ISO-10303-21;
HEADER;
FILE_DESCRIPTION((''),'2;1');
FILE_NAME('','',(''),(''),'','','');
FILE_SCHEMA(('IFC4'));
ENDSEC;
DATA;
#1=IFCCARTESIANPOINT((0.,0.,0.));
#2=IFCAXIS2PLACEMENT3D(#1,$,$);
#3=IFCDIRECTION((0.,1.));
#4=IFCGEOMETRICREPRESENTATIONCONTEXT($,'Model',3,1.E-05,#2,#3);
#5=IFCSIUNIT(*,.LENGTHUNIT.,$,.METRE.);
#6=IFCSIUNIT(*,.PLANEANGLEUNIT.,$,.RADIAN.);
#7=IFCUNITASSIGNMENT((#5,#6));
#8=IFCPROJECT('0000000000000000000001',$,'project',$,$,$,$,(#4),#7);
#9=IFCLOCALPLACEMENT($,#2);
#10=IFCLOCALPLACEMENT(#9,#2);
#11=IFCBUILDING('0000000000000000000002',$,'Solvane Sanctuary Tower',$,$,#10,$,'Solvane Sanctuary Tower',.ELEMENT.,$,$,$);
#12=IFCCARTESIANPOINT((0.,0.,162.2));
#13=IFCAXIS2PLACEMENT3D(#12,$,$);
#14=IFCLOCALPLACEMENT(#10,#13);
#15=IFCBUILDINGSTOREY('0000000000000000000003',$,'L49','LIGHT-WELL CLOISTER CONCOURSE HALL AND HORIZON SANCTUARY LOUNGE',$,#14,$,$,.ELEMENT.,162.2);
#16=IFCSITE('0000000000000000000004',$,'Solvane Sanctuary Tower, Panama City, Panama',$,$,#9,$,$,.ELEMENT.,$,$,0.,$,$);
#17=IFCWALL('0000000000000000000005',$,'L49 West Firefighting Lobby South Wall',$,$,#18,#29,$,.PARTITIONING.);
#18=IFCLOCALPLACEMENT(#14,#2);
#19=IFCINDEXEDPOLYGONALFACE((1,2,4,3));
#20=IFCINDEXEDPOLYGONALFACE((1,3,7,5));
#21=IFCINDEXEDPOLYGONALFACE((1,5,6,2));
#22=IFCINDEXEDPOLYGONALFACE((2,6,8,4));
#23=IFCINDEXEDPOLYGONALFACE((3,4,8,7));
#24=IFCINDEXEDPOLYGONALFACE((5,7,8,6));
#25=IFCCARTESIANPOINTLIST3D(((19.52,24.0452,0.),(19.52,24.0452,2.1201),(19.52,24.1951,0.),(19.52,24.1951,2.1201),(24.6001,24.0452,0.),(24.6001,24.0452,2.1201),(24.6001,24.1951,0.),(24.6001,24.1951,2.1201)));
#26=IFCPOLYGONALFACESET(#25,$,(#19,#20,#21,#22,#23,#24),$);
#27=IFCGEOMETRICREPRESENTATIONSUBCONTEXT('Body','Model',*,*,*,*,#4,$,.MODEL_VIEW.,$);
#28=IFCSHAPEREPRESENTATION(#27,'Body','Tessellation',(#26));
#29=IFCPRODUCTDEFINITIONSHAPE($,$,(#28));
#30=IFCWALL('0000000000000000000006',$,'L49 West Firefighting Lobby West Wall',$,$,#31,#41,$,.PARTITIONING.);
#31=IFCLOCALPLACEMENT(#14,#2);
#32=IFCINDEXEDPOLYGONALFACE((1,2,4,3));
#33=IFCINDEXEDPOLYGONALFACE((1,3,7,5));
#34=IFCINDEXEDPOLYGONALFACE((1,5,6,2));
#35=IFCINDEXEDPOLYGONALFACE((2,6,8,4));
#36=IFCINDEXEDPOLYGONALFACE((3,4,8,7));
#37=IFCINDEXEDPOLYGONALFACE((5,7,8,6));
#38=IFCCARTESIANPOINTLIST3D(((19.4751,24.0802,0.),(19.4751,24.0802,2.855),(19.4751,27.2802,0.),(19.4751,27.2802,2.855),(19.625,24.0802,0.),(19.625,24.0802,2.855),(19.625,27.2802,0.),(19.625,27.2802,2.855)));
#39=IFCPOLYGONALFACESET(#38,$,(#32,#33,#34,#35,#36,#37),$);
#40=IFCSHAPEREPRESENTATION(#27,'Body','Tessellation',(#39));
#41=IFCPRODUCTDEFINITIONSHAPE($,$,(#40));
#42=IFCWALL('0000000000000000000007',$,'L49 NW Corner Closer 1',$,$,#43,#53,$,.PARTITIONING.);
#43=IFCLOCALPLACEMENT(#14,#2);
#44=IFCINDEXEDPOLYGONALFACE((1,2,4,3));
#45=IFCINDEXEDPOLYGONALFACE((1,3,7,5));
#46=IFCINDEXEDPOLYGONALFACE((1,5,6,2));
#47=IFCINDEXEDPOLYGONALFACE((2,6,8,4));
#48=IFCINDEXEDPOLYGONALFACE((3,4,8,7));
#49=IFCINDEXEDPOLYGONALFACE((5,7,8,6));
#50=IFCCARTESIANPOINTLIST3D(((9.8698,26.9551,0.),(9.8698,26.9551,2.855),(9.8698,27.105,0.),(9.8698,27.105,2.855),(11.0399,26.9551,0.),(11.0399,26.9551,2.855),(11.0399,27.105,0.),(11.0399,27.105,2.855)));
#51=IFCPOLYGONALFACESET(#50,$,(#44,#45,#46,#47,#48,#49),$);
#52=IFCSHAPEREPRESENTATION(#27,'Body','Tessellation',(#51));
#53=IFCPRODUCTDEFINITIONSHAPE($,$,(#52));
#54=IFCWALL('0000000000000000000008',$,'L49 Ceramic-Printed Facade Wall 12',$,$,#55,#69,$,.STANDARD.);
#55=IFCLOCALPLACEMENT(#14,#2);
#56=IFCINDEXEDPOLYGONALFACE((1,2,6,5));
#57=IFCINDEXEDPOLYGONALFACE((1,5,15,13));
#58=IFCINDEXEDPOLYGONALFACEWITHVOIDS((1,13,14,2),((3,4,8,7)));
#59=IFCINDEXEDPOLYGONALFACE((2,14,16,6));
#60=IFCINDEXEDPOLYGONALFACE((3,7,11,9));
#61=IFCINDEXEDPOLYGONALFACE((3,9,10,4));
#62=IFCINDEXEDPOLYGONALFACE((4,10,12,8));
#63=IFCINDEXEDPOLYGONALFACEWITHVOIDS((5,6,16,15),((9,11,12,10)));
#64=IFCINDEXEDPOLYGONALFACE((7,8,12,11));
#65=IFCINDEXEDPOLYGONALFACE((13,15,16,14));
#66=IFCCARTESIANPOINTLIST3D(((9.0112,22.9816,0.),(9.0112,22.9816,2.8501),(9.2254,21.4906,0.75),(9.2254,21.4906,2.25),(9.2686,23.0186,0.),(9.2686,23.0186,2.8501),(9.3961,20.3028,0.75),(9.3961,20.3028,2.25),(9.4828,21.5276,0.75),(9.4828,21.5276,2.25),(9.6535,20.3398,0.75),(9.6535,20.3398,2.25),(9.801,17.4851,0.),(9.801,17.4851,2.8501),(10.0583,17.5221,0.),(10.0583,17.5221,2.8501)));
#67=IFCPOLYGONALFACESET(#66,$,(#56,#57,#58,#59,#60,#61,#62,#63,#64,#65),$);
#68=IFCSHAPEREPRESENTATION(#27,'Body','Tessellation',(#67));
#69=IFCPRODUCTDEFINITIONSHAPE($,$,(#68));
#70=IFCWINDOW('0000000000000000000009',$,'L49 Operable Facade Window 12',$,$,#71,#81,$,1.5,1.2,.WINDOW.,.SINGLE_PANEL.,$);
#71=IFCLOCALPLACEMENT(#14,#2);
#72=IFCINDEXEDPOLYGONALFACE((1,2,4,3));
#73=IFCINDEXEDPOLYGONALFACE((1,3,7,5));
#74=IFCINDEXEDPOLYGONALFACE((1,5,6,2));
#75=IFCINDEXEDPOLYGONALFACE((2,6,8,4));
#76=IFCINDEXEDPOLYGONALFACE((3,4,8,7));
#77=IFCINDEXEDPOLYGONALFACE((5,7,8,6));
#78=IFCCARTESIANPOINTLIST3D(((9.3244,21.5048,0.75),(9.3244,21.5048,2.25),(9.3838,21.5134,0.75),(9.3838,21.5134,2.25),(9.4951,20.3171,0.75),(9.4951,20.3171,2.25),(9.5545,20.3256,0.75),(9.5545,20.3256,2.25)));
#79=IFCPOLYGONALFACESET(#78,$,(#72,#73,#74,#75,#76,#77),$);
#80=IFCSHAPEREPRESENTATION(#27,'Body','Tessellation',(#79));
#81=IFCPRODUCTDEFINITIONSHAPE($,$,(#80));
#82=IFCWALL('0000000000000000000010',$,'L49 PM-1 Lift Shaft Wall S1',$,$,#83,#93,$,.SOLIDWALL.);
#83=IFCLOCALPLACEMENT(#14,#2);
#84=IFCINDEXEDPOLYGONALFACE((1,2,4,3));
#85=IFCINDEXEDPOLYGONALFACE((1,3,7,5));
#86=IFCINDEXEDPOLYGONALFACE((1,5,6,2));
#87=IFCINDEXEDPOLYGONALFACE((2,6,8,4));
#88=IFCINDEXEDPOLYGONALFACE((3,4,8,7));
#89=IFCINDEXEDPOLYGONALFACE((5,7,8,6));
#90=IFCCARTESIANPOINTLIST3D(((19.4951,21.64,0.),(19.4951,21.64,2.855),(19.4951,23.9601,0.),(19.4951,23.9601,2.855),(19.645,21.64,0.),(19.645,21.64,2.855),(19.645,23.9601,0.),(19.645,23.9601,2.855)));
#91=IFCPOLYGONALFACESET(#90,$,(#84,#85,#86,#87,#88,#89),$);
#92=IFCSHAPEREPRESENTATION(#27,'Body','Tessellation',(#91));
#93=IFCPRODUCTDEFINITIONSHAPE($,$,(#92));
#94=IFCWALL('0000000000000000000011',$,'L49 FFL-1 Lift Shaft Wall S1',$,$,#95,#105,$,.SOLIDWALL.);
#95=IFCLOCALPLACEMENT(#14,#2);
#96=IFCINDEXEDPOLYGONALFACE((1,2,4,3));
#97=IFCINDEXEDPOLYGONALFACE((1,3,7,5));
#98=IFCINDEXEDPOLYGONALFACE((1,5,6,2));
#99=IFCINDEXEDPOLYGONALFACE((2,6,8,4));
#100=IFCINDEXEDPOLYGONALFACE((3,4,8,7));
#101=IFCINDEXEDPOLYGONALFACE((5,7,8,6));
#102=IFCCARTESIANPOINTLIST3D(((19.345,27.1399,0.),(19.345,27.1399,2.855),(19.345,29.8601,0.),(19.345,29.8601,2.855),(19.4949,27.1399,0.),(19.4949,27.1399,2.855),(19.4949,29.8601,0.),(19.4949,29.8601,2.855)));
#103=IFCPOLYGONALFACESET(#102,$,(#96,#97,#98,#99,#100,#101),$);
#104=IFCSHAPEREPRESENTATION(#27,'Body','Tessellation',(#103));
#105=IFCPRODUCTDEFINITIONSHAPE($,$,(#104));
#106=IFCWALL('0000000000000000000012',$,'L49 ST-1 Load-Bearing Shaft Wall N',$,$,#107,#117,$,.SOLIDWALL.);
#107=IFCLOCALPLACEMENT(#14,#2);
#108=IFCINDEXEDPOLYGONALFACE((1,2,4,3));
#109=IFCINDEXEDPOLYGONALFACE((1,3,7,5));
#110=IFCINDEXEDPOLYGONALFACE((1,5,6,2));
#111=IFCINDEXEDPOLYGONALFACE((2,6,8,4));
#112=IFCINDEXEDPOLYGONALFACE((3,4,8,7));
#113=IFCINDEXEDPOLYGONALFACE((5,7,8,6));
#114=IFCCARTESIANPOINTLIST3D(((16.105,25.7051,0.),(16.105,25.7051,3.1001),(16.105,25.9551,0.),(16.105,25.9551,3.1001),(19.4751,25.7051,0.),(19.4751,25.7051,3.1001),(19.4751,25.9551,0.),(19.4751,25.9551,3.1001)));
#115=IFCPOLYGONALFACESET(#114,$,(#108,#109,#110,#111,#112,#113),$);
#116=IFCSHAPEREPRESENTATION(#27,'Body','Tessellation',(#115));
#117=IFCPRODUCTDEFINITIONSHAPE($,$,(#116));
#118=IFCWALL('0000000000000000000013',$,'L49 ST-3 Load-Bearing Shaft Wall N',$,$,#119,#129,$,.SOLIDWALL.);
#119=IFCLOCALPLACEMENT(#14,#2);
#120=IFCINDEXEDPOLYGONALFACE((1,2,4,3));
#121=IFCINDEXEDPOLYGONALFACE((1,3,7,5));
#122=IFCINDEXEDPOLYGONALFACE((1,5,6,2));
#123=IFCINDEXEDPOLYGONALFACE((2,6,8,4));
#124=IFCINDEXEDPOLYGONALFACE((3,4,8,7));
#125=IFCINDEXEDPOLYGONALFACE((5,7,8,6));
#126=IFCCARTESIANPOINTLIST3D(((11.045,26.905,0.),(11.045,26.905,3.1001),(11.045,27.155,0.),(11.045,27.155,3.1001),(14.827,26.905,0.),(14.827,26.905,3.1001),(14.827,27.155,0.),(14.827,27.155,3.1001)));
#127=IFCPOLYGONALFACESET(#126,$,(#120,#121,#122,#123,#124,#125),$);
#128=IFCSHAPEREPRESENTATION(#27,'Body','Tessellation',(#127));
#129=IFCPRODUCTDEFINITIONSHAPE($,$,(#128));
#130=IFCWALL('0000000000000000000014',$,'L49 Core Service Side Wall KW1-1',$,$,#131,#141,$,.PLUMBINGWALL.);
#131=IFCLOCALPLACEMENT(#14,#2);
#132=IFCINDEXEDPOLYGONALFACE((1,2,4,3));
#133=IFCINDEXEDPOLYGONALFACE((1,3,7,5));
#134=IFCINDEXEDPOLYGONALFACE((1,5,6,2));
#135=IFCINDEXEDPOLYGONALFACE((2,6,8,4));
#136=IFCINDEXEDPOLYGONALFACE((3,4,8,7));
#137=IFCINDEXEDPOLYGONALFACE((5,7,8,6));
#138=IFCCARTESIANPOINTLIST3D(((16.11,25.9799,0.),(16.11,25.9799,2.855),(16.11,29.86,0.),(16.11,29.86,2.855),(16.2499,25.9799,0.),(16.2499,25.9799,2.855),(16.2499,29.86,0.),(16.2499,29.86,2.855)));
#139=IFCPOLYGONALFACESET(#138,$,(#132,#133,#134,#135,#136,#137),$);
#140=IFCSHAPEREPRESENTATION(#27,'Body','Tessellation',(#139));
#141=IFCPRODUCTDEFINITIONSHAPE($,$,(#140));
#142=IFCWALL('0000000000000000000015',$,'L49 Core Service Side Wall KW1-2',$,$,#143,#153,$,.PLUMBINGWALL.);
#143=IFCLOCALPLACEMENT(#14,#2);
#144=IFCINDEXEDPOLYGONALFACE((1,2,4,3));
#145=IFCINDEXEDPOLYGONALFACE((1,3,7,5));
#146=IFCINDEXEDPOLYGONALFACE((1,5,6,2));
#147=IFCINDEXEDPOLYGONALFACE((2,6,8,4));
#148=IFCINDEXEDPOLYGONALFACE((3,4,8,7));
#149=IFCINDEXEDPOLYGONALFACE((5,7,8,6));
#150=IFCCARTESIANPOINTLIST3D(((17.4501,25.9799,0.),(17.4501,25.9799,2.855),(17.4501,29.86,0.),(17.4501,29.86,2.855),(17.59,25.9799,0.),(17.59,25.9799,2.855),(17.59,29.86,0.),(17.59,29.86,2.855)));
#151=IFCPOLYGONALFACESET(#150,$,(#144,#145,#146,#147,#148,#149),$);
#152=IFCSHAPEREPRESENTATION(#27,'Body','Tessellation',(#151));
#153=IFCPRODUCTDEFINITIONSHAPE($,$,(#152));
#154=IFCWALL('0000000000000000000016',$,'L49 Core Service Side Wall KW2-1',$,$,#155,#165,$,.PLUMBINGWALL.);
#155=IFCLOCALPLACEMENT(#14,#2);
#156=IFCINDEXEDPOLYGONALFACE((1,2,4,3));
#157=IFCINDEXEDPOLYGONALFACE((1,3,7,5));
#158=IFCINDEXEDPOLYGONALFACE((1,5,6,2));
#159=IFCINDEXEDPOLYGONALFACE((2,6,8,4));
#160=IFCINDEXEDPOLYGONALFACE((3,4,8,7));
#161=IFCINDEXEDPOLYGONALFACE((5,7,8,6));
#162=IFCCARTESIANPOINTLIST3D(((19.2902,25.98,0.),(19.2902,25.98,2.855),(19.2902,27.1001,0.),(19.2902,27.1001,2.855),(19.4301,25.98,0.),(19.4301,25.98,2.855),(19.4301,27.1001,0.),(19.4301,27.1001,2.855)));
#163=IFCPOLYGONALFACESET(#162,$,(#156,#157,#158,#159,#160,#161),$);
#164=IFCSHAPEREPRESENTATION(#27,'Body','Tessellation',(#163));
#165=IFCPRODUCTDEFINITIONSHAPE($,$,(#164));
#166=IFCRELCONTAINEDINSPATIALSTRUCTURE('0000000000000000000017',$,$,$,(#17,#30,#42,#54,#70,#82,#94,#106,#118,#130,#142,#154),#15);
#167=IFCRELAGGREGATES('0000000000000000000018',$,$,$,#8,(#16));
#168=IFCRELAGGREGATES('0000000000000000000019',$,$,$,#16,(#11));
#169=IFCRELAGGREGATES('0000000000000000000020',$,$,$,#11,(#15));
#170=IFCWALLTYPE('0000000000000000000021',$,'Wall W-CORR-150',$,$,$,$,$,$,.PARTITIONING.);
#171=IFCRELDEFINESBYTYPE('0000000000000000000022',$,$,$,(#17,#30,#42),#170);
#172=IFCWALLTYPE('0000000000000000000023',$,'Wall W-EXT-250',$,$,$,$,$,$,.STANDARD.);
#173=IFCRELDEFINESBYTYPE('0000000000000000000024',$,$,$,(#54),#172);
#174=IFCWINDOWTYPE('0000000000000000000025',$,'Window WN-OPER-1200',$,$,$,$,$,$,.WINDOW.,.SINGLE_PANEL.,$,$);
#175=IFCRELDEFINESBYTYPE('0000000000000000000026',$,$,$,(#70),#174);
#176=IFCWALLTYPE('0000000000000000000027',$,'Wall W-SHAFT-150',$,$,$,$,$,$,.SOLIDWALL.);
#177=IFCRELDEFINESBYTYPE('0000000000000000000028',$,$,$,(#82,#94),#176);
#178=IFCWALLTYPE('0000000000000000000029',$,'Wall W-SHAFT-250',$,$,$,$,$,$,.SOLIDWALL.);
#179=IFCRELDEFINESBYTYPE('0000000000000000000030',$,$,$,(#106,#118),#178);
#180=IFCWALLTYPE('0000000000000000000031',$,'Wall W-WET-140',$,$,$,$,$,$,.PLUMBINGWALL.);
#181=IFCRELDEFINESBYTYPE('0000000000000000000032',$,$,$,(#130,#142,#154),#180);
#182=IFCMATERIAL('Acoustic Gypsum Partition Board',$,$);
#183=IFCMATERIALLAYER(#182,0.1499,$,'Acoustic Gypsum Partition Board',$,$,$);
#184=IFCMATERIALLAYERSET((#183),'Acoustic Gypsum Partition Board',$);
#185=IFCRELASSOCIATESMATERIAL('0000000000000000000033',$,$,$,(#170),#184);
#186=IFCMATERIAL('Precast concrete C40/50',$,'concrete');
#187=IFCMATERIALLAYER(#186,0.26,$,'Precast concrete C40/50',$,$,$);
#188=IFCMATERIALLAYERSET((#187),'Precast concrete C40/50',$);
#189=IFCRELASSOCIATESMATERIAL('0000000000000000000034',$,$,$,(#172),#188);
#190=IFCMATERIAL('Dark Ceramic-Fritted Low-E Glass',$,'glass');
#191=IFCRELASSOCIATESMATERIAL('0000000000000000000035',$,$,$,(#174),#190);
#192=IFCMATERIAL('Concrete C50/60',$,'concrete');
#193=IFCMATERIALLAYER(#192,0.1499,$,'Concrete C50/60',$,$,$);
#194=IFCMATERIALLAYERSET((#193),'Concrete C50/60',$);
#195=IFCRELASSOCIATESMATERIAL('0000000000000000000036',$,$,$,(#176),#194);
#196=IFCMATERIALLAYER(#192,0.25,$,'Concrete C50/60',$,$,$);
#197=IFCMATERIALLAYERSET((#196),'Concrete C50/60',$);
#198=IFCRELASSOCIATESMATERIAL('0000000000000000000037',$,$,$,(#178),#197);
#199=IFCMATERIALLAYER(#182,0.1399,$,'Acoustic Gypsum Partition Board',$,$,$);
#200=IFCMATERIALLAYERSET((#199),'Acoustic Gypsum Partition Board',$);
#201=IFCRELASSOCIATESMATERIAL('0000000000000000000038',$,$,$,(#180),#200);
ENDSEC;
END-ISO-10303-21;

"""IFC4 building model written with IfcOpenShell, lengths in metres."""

from ifc_helpers import new_model, si_unit, direction, frame, frame_2d, origin, place, context, subcontext, project, spatial, rectangle, extrude, material, layer, layer_set, type_object, element, fill, save


model = new_model("IFC4")

# Units and contexts
model_context = context("Model", 3, precision=1e-05, world=origin(), true_north=direction((0.0, 1.0)))
body_context = subcontext(model_context, "Body", "Model", "MODEL_VIEW")
ifc_project = project(units=[si_unit("LENGTHUNIT", "METRE"), si_unit("PLANEANGLEUNIT", "RADIAN")], contexts=[model_context])

# Site, building, storey
site_placement = place(None, origin())
site = spatial("IfcSite", under=ifc_project, at=site_placement, Name="Solvane Sanctuary Tower, Panama City, Panama", CompositionType="ELEMENT", RefElevation=0.0)
building_placement = place(site_placement, origin())
building = spatial("IfcBuilding", under=site, at=building_placement, Name="Solvane Sanctuary Tower", LongName="Solvane Sanctuary Tower", CompositionType="ELEMENT")
storey_placement = place(building_placement, frame((0.0, 0.0, 162.2)))
storey = spatial("IfcBuildingStorey", under=building, at=storey_placement, Name="L49", Description="LIGHT-WELL CLOISTER CONCOURSE HALL AND HORIZON SANCTUARY LOUNGE", CompositionType="ELEMENT", Elevation=162.2)

# Walls
ifc_material_1 = material(Name="Acoustic Gypsum Partition Board")
ifc_layer_1 = layer(ifc_material_1, 0.1499, Name="Acoustic Gypsum Partition Board")
ifc_layer_set_1 = layer_set([ifc_layer_1], Name="Acoustic Gypsum Partition Board")
wall_type_1 = type_object("IfcWallType", Name="Wall W-CORR-150", PredefinedType="PARTITIONING", material=ifc_layer_set_1)
wall_1_placement = place(storey_placement, frame((19.52, 24.1201, 0.0), z_axis=(0.0, 0.0, 1.0), x_axis=(1.0, 0.0, 0.0)))
element("IfcWall", 1, at=wall_1_placement, inside=storey, type_object=wall_type_1, Name="L49 West Firefighting Lobby South Wall", PredefinedType="PARTITIONING", context=body_context, shape_type="SweptSolid", body=[
    extrude(rectangle(XDim=5.0801, YDim=0.1499, at=frame_2d((2.54, 0.0))), origin(), (0.0, 0.0, 1.0), 2.1201),
])
wall_2_placement = place(storey_placement, frame((19.55, 24.0801, 0.0), z_axis=(0.0, 0.0, 1.0), x_axis=(0.0, 1.0, 0.0)))
element("IfcWall", 2, at=wall_2_placement, inside=storey, type_object=wall_type_1, Name="L49 West Firefighting Lobby West Wall", PredefinedType="PARTITIONING", context=body_context, shape_type="SweptSolid", body=[
    extrude(rectangle(XDim=3.2, YDim=0.1499, at=frame_2d((1.6001, 0.0))), origin(), (0.0, 0.0, 1.0), 2.855),
])
wall_3_placement = place(storey_placement, frame((9.8699, 27.03, 0.0), z_axis=(0.0, 0.0, 1.0), x_axis=(1.0, 0.0, 0.0)))
element("IfcWall", 3, at=wall_3_placement, inside=storey, type_object=wall_type_1, Name="L49 NW Corner Closer 1", PredefinedType="PARTITIONING", context=body_context, shape_type="SweptSolid", body=[
    extrude(rectangle(XDim=1.1702, YDim=0.1499, at=frame_2d((0.585, 0.0))), origin(), (0.0, 0.0, 1.0), 2.855),
])

# Wall, opening, window
ifc_material_2 = material(Name="Precast concrete C40/50", Category="concrete")
ifc_layer_2 = layer(ifc_material_2, 0.26, Name="Precast concrete C40/50")
ifc_layer_set_2 = layer_set([ifc_layer_2], Name="Precast concrete C40/50")
wall_type_2 = type_object("IfcWallType", Name="Wall W-EXT-250", PredefinedType="STANDARD", material=ifc_layer_set_2)
wall_4_placement = place(storey_placement, frame((9.1399, 23.0, 0.0), z_axis=(0.0, 0.0, 1.0), x_axis=(0.142228, -0.989834, 0.0)))
wall_4 = element("IfcWall", 4, at=wall_4_placement, inside=storey, type_object=wall_type_2, Name="L49 Ceramic-Printed Facade Wall 12", PredefinedType="STANDARD", context=body_context, shape_type="SweptSolid", body=[
    extrude(rectangle(XDim=5.553, YDim=0.26, at=frame_2d((2.7764, 0.0))), origin(), (0.0, 0.0, 1.0), 2.8501),
])
opening_placement = place(wall_4_placement, frame((1.5061, 0.0, 0.75)))
opening = element("IfcOpeningElement", 5, at=opening_placement, cuts=wall_4, PredefinedType="OPENING", context=body_context, shape_type="SweptSolid", body=[
    extrude(rectangle(XDim=1.2, YDim=1.5, at=frame_2d((0.6001, 0.75))), frame((0.0, 0.1399, 0.0), z_axis=(0.0, -1.0, 0.0), x_axis=(1.0, 0.0, 0.0)), (0.0, 0.0, 1.0), 0.28),
])
ifc_material_3 = material(Name="Dark Ceramic-Fritted Low-E Glass", Category="glass")
window_type = type_object("IfcWindowType", Name="Window WN-OPER-1200", PartitioningType="SINGLE_PANEL", PredefinedType="WINDOW", material=ifc_material_3)
window_placement = place(opening_placement, origin())
window = element("IfcWindow", 6, at=window_placement, inside=storey, type_object=window_type, Name="L49 Operable Facade Window 12", OverallHeight=1.5, OverallWidth=1.2, PartitioningType="SINGLE_PANEL", PredefinedType="WINDOW", context=body_context, shape_type="SweptSolid", body=[
    extrude(rectangle(XDim=1.2, YDim=1.5, at=frame_2d((0.6001, 0.75))), frame((0.0, 0.03, 0.0), z_axis=(0.0, -1.0, 0.0), x_axis=(1.0, 0.0, 0.0)), (0.0, 0.0, 1.0), 0.0601),
])
fill(opening, window)

# Walls
ifc_material_4 = material(Name="Concrete C50/60", Category="concrete")
ifc_layer_3 = layer(ifc_material_4, 0.1499, Name="Concrete C50/60")
ifc_layer_set_3 = layer_set([ifc_layer_3], Name="Concrete C50/60")
wall_type_3 = type_object("IfcWallType", Name="Wall W-SHAFT-150", PredefinedType="SOLIDWALL", material=ifc_layer_set_3)
wall_5_placement = place(storey_placement, frame((19.5701, 21.6399, 0.0), z_axis=(0.0, 0.0, 1.0), x_axis=(0.0, 1.0, 0.0)))
element("IfcWall", 7, at=wall_5_placement, inside=storey, type_object=wall_type_3, Name="L49 PM-1 Lift Shaft Wall S1", PredefinedType="SOLIDWALL", context=body_context, shape_type="SweptSolid", body=[
    extrude(rectangle(XDim=2.3201, YDim=0.1499, at=frame_2d((1.1602, 0.0))), origin(), (0.0, 0.0, 1.0), 2.855),
])
wall_6_placement = place(storey_placement, frame((19.4199, 27.1399, 0.0), z_axis=(0.0, 0.0, 1.0), x_axis=(0.0, 1.0, 0.0)))
element("IfcWall", 8, at=wall_6_placement, inside=storey, type_object=wall_type_3, Name="L49 FFL-1 Lift Shaft Wall S1", PredefinedType="SOLIDWALL", context=body_context, shape_type="SweptSolid", body=[
    extrude(rectangle(XDim=2.7202, YDim=0.1499, at=frame_2d((1.3601, 0.0))), origin(), (0.0, 0.0, 1.0), 2.855),
])
ifc_layer_4 = layer(ifc_material_4, 0.25, Name="Concrete C50/60")
ifc_layer_set_4 = layer_set([ifc_layer_4], Name="Concrete C50/60")
wall_type_4 = type_object("IfcWallType", Name="Wall W-SHAFT-250", PredefinedType="SOLIDWALL", material=ifc_layer_set_4)
wall_7_placement = place(storey_placement, frame((16.105, 25.8301, 0.0), z_axis=(0.0, 0.0, 1.0), x_axis=(1.0, 0.0, 0.0)))
element("IfcWall", 9, at=wall_7_placement, inside=storey, type_object=wall_type_4, Name="L49 ST-1 Load-Bearing Shaft Wall N", PredefinedType="SOLIDWALL", context=body_context, shape_type="SweptSolid", body=[
    extrude(rectangle(XDim=3.3701, YDim=0.25, at=frame_2d((1.6851, 0.0))), origin(), (0.0, 0.0, 1.0), 3.1001),
])
wall_8_placement = place(storey_placement, frame((11.0449, 27.03, 0.0), z_axis=(0.0, 0.0, 1.0), x_axis=(1.0, 0.0, 0.0)))
element("IfcWall", 10, at=wall_8_placement, inside=storey, type_object=wall_type_4, Name="L49 ST-3 Load-Bearing Shaft Wall N", PredefinedType="SOLIDWALL", context=body_context, shape_type="SweptSolid", body=[
    extrude(rectangle(XDim=3.782, YDim=0.25, at=frame_2d((1.8911, 0.0))), origin(), (0.0, 0.0, 1.0), 3.1001),
])
ifc_layer_5 = layer(ifc_material_1, 0.1399, Name="Acoustic Gypsum Partition Board")
ifc_layer_set_5 = layer_set([ifc_layer_5], Name="Acoustic Gypsum Partition Board")
wall_type_5 = type_object("IfcWallType", Name="Wall W-WET-140", PredefinedType="PLUMBINGWALL", material=ifc_layer_set_5)
for number, where, z_axis, x_axis, name in (
    (11, (16.1799, 25.98, 0.0), (0.0, 0.0, 1.0), (0.0, 1.0, 0.0), "L49 Core Service Side Wall KW1-1"),
    (12, (17.52, 25.98, 0.0), (0.0, 0.0, 1.0), (0.0, 1.0, 0.0), "L49 Core Service Side Wall KW1-2"),
):
    element("IfcWall", number, at=place(storey_placement, frame(where, z_axis=z_axis, x_axis=x_axis)), inside=storey, type_object=wall_type_5, Name=name, PredefinedType="PLUMBINGWALL", context=body_context, shape_type="SweptSolid", body=[
        extrude(rectangle(XDim=3.8801, YDim=0.1399, at=frame_2d((1.9399, 0.0))), origin(), (0.0, 0.0, 1.0), 2.855),
    ])
wall_9_placement = place(storey_placement, frame((19.3601, 25.98, 0.0), z_axis=(0.0, 0.0, 1.0), x_axis=(0.0, 1.0, 0.0)))
element("IfcWall", 13, at=wall_9_placement, inside=storey, type_object=wall_type_5, Name="L49 Core Service Side Wall KW2-1", PredefinedType="PLUMBINGWALL", context=body_context, shape_type="SweptSolid", body=[
    extrude(rectangle(XDim=1.1201, YDim=0.1399, at=frame_2d((0.5601, 0.0))), origin(), (0.0, 0.0, 1.0), 2.855),
])

save(model, "model.ifc")
